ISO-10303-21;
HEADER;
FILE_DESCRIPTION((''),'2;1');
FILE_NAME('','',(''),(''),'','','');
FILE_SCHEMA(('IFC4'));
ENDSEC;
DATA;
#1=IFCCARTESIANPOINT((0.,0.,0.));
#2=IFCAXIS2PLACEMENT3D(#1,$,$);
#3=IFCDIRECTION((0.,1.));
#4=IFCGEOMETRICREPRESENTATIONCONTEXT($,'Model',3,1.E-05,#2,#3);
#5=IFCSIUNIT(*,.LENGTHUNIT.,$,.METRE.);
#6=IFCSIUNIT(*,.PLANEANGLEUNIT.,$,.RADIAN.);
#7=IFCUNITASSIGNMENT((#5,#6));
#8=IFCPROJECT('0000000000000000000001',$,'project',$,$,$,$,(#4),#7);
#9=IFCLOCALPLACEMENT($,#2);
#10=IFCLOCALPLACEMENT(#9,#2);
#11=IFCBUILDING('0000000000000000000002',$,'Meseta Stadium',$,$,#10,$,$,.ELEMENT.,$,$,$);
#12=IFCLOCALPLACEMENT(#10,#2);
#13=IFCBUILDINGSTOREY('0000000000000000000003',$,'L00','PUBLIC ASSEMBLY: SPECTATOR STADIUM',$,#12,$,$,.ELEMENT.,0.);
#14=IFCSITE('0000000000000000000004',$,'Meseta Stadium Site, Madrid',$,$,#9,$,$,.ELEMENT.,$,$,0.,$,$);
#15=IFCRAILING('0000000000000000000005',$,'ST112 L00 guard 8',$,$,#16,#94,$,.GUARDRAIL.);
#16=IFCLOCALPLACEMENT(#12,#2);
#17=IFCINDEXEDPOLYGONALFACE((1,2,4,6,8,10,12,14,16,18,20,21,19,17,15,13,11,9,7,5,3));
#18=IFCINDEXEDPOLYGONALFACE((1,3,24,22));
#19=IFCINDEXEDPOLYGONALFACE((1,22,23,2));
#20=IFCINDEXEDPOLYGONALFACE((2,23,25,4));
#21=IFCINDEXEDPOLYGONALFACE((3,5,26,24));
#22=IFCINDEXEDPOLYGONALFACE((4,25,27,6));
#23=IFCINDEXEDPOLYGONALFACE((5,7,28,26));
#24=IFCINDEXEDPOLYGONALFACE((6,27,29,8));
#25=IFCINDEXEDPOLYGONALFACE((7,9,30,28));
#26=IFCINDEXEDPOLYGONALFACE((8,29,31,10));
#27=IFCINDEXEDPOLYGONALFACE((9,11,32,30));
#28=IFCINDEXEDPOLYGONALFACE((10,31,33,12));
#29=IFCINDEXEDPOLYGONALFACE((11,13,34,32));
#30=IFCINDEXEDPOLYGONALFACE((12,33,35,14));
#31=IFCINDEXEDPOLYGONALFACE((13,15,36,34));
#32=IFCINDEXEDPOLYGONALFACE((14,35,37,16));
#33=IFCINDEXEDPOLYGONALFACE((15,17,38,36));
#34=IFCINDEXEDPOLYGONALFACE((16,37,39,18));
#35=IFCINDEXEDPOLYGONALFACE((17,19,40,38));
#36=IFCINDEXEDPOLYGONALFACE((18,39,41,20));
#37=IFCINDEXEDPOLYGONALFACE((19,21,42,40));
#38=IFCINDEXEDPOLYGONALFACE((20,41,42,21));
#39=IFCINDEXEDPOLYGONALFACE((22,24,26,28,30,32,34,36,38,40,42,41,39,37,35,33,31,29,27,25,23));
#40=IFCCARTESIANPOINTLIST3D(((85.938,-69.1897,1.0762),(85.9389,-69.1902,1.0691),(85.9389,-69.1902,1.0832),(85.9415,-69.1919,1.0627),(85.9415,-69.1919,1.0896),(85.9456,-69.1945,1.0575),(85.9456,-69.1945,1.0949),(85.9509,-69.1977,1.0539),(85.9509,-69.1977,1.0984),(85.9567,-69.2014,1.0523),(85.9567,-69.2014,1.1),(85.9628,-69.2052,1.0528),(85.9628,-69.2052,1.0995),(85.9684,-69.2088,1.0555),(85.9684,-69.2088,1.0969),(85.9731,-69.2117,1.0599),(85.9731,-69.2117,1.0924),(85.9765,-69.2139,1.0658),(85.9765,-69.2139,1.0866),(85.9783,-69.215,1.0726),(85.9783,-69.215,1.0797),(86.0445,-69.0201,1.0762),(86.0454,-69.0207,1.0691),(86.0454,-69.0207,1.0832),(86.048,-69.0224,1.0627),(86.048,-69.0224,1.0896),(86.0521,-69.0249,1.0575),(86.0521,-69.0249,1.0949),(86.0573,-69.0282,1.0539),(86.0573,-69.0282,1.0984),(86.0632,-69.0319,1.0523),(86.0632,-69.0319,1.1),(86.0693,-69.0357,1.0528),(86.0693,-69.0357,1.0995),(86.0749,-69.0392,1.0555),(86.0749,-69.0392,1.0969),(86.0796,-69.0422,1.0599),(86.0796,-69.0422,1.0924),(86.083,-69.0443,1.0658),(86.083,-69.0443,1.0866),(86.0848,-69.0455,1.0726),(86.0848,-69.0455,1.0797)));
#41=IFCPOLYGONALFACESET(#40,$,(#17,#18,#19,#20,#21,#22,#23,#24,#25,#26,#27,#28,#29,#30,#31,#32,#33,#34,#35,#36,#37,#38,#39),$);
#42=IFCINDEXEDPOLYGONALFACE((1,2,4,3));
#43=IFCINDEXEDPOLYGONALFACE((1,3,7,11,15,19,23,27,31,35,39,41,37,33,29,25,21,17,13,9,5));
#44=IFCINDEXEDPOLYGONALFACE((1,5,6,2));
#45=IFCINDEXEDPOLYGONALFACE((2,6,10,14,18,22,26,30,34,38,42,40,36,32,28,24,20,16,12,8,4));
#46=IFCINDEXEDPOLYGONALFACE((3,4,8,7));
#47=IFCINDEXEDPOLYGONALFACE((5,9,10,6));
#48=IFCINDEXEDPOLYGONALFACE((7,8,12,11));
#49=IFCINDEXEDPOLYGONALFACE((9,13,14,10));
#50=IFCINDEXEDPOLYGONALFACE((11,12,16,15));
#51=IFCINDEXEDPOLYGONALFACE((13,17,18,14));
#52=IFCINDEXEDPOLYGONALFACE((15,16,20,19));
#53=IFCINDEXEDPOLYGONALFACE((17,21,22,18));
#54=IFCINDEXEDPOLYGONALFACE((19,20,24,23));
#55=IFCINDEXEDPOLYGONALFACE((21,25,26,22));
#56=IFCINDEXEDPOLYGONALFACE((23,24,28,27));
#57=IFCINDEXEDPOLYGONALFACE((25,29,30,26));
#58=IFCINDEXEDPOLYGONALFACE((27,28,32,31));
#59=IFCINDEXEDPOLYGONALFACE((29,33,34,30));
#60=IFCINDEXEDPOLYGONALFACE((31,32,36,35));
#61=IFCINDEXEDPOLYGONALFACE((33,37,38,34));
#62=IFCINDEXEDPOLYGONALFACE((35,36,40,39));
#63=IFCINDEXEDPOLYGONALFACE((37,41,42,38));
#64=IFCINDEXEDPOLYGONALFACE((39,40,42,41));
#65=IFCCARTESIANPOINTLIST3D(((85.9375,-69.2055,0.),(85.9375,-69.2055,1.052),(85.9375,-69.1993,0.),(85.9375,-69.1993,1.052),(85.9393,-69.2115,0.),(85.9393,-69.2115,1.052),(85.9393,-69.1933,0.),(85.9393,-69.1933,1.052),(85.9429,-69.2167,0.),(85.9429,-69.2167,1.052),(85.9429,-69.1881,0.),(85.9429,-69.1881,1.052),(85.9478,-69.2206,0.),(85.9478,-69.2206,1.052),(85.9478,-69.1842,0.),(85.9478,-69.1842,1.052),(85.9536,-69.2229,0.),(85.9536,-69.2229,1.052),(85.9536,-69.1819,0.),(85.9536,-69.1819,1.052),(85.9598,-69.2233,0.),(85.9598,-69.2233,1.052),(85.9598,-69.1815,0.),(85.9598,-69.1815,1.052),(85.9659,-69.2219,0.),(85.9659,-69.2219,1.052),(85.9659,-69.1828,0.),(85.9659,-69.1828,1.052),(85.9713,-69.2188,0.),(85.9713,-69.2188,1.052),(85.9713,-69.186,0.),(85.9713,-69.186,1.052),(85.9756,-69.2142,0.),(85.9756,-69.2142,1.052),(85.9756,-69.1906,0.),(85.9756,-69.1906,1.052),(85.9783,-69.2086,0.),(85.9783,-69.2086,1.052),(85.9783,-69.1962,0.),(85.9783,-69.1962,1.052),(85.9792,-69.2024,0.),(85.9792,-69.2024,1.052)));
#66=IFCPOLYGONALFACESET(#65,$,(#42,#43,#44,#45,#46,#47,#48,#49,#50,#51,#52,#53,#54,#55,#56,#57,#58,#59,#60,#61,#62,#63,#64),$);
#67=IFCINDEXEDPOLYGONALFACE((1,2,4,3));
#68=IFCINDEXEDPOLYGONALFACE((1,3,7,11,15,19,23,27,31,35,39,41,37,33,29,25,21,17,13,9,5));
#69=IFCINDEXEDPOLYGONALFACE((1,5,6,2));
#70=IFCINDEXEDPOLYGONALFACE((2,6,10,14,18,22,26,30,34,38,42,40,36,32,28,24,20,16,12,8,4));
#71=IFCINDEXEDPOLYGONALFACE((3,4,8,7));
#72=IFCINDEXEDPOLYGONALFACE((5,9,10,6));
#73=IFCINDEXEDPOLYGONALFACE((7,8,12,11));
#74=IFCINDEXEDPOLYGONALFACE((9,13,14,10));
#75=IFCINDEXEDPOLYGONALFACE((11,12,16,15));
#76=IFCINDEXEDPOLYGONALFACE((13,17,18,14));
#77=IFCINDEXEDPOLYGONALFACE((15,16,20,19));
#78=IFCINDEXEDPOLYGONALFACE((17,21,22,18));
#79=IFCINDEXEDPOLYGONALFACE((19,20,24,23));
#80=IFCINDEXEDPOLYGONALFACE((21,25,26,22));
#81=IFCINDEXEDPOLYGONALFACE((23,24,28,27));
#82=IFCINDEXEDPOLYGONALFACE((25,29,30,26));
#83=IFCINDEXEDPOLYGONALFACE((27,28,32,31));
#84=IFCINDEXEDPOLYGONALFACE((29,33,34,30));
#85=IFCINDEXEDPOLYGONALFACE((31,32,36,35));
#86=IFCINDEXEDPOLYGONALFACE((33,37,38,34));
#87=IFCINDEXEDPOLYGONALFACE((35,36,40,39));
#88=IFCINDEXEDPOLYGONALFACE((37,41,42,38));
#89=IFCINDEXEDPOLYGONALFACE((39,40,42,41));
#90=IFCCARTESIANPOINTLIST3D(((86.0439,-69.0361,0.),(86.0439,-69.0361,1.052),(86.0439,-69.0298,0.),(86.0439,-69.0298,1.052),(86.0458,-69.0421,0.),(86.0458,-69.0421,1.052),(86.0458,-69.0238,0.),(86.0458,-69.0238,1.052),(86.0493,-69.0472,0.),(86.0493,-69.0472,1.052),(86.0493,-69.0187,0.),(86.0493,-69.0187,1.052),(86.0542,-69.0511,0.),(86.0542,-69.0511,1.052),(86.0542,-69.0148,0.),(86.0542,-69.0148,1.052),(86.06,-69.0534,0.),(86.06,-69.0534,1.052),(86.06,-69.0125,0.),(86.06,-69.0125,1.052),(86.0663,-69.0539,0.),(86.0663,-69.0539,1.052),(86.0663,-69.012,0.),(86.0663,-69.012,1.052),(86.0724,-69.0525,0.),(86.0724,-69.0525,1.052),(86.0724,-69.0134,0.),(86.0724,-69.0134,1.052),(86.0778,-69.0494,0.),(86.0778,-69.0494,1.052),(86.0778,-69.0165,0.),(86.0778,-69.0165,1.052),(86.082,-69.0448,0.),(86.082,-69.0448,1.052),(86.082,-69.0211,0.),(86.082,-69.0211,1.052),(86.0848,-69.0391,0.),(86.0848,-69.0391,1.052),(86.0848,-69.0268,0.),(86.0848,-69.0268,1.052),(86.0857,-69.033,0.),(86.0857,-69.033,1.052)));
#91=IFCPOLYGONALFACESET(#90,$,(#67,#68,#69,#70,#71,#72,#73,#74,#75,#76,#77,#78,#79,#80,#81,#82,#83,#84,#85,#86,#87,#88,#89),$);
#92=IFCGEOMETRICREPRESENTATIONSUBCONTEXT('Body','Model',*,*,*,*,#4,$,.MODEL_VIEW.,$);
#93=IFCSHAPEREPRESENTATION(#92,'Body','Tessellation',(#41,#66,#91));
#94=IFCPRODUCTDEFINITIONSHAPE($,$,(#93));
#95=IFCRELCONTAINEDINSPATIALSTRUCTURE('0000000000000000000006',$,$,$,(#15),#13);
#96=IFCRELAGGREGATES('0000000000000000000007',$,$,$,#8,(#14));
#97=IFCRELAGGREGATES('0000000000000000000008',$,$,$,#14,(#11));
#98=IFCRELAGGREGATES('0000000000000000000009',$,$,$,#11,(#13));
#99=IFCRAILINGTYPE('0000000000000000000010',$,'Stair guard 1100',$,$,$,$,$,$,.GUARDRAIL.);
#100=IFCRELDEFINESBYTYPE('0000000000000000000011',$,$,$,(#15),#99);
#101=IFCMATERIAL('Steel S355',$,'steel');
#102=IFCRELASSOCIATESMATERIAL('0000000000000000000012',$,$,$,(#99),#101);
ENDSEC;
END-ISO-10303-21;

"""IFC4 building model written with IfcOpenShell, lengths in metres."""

from ifc_helpers import new_model, si_unit, direction, frame, origin, origin_2d, place, context, subcontext, project, spatial, circle, extrude, material, type_object, element, save


model = new_model("IFC4")

# Units and contexts
model_context = context("Model", 3, precision=1e-05, world=origin(), true_north=direction((0.0, 1.0)))
body_context = subcontext(model_context, "Body", "Model", "MODEL_VIEW")
ifc_project = project(units=[si_unit("LENGTHUNIT", "METRE"), si_unit("PLANEANGLEUNIT", "RADIAN")], contexts=[model_context])

# Site, building, storey
site_placement = place(None, origin())
site = spatial("IfcSite", under=ifc_project, at=site_placement, Name="Meseta Stadium Site, Madrid", CompositionType="ELEMENT", RefElevation=0.0)
building_placement = place(site_placement, origin())
building = spatial("IfcBuilding", under=site, at=building_placement, Name="Meseta Stadium", CompositionType="ELEMENT")
storey_placement = place(building_placement, origin())
storey = spatial("IfcBuildingStorey", under=building, at=storey_placement, Name="L00", Description="PUBLIC ASSEMBLY: SPECTATOR STADIUM", CompositionType="ELEMENT", Elevation=0.0)

# Railing
ifc_material_1 = material(Name="Steel S355", Category="steel")
railing_type_1 = type_object("IfcRailingType", Name="Stair guard 1100", PredefinedType="GUARDRAIL", material=ifc_material_1)
for number, where, name in (
    (1, (85.9583, -69.2024, 0.0), "ST112 L00 guard 8"),
):
    element("IfcRailing", number, at=place(storey_placement, frame(where)), inside=storey, type_object=railing_type_1, Name=name, PredefinedType="GUARDRAIL", context=body_context, shape_type="SweptSolid", body=[
        extrude(circle(Radius=0.0239, at=origin_2d()), frame((0.0, 0.0, 1.0762), z_axis=(0.531972, 0.846762, 0.0), x_axis=(-0.846762, 0.531972, 0.0)), (0.0, 0.0, 1.0), 0.2002),
        extrude(circle(Radius=0.021, at=origin_2d()), origin(), (0.0, 0.0, 1.0), 1.052),
        extrude(circle(Radius=0.021, at=origin_2d()), frame((0.1064, 0.1694, 0.0)), (0.0, 0.0, 1.0), 1.052),
    ])

save(model, "model.ifc")
